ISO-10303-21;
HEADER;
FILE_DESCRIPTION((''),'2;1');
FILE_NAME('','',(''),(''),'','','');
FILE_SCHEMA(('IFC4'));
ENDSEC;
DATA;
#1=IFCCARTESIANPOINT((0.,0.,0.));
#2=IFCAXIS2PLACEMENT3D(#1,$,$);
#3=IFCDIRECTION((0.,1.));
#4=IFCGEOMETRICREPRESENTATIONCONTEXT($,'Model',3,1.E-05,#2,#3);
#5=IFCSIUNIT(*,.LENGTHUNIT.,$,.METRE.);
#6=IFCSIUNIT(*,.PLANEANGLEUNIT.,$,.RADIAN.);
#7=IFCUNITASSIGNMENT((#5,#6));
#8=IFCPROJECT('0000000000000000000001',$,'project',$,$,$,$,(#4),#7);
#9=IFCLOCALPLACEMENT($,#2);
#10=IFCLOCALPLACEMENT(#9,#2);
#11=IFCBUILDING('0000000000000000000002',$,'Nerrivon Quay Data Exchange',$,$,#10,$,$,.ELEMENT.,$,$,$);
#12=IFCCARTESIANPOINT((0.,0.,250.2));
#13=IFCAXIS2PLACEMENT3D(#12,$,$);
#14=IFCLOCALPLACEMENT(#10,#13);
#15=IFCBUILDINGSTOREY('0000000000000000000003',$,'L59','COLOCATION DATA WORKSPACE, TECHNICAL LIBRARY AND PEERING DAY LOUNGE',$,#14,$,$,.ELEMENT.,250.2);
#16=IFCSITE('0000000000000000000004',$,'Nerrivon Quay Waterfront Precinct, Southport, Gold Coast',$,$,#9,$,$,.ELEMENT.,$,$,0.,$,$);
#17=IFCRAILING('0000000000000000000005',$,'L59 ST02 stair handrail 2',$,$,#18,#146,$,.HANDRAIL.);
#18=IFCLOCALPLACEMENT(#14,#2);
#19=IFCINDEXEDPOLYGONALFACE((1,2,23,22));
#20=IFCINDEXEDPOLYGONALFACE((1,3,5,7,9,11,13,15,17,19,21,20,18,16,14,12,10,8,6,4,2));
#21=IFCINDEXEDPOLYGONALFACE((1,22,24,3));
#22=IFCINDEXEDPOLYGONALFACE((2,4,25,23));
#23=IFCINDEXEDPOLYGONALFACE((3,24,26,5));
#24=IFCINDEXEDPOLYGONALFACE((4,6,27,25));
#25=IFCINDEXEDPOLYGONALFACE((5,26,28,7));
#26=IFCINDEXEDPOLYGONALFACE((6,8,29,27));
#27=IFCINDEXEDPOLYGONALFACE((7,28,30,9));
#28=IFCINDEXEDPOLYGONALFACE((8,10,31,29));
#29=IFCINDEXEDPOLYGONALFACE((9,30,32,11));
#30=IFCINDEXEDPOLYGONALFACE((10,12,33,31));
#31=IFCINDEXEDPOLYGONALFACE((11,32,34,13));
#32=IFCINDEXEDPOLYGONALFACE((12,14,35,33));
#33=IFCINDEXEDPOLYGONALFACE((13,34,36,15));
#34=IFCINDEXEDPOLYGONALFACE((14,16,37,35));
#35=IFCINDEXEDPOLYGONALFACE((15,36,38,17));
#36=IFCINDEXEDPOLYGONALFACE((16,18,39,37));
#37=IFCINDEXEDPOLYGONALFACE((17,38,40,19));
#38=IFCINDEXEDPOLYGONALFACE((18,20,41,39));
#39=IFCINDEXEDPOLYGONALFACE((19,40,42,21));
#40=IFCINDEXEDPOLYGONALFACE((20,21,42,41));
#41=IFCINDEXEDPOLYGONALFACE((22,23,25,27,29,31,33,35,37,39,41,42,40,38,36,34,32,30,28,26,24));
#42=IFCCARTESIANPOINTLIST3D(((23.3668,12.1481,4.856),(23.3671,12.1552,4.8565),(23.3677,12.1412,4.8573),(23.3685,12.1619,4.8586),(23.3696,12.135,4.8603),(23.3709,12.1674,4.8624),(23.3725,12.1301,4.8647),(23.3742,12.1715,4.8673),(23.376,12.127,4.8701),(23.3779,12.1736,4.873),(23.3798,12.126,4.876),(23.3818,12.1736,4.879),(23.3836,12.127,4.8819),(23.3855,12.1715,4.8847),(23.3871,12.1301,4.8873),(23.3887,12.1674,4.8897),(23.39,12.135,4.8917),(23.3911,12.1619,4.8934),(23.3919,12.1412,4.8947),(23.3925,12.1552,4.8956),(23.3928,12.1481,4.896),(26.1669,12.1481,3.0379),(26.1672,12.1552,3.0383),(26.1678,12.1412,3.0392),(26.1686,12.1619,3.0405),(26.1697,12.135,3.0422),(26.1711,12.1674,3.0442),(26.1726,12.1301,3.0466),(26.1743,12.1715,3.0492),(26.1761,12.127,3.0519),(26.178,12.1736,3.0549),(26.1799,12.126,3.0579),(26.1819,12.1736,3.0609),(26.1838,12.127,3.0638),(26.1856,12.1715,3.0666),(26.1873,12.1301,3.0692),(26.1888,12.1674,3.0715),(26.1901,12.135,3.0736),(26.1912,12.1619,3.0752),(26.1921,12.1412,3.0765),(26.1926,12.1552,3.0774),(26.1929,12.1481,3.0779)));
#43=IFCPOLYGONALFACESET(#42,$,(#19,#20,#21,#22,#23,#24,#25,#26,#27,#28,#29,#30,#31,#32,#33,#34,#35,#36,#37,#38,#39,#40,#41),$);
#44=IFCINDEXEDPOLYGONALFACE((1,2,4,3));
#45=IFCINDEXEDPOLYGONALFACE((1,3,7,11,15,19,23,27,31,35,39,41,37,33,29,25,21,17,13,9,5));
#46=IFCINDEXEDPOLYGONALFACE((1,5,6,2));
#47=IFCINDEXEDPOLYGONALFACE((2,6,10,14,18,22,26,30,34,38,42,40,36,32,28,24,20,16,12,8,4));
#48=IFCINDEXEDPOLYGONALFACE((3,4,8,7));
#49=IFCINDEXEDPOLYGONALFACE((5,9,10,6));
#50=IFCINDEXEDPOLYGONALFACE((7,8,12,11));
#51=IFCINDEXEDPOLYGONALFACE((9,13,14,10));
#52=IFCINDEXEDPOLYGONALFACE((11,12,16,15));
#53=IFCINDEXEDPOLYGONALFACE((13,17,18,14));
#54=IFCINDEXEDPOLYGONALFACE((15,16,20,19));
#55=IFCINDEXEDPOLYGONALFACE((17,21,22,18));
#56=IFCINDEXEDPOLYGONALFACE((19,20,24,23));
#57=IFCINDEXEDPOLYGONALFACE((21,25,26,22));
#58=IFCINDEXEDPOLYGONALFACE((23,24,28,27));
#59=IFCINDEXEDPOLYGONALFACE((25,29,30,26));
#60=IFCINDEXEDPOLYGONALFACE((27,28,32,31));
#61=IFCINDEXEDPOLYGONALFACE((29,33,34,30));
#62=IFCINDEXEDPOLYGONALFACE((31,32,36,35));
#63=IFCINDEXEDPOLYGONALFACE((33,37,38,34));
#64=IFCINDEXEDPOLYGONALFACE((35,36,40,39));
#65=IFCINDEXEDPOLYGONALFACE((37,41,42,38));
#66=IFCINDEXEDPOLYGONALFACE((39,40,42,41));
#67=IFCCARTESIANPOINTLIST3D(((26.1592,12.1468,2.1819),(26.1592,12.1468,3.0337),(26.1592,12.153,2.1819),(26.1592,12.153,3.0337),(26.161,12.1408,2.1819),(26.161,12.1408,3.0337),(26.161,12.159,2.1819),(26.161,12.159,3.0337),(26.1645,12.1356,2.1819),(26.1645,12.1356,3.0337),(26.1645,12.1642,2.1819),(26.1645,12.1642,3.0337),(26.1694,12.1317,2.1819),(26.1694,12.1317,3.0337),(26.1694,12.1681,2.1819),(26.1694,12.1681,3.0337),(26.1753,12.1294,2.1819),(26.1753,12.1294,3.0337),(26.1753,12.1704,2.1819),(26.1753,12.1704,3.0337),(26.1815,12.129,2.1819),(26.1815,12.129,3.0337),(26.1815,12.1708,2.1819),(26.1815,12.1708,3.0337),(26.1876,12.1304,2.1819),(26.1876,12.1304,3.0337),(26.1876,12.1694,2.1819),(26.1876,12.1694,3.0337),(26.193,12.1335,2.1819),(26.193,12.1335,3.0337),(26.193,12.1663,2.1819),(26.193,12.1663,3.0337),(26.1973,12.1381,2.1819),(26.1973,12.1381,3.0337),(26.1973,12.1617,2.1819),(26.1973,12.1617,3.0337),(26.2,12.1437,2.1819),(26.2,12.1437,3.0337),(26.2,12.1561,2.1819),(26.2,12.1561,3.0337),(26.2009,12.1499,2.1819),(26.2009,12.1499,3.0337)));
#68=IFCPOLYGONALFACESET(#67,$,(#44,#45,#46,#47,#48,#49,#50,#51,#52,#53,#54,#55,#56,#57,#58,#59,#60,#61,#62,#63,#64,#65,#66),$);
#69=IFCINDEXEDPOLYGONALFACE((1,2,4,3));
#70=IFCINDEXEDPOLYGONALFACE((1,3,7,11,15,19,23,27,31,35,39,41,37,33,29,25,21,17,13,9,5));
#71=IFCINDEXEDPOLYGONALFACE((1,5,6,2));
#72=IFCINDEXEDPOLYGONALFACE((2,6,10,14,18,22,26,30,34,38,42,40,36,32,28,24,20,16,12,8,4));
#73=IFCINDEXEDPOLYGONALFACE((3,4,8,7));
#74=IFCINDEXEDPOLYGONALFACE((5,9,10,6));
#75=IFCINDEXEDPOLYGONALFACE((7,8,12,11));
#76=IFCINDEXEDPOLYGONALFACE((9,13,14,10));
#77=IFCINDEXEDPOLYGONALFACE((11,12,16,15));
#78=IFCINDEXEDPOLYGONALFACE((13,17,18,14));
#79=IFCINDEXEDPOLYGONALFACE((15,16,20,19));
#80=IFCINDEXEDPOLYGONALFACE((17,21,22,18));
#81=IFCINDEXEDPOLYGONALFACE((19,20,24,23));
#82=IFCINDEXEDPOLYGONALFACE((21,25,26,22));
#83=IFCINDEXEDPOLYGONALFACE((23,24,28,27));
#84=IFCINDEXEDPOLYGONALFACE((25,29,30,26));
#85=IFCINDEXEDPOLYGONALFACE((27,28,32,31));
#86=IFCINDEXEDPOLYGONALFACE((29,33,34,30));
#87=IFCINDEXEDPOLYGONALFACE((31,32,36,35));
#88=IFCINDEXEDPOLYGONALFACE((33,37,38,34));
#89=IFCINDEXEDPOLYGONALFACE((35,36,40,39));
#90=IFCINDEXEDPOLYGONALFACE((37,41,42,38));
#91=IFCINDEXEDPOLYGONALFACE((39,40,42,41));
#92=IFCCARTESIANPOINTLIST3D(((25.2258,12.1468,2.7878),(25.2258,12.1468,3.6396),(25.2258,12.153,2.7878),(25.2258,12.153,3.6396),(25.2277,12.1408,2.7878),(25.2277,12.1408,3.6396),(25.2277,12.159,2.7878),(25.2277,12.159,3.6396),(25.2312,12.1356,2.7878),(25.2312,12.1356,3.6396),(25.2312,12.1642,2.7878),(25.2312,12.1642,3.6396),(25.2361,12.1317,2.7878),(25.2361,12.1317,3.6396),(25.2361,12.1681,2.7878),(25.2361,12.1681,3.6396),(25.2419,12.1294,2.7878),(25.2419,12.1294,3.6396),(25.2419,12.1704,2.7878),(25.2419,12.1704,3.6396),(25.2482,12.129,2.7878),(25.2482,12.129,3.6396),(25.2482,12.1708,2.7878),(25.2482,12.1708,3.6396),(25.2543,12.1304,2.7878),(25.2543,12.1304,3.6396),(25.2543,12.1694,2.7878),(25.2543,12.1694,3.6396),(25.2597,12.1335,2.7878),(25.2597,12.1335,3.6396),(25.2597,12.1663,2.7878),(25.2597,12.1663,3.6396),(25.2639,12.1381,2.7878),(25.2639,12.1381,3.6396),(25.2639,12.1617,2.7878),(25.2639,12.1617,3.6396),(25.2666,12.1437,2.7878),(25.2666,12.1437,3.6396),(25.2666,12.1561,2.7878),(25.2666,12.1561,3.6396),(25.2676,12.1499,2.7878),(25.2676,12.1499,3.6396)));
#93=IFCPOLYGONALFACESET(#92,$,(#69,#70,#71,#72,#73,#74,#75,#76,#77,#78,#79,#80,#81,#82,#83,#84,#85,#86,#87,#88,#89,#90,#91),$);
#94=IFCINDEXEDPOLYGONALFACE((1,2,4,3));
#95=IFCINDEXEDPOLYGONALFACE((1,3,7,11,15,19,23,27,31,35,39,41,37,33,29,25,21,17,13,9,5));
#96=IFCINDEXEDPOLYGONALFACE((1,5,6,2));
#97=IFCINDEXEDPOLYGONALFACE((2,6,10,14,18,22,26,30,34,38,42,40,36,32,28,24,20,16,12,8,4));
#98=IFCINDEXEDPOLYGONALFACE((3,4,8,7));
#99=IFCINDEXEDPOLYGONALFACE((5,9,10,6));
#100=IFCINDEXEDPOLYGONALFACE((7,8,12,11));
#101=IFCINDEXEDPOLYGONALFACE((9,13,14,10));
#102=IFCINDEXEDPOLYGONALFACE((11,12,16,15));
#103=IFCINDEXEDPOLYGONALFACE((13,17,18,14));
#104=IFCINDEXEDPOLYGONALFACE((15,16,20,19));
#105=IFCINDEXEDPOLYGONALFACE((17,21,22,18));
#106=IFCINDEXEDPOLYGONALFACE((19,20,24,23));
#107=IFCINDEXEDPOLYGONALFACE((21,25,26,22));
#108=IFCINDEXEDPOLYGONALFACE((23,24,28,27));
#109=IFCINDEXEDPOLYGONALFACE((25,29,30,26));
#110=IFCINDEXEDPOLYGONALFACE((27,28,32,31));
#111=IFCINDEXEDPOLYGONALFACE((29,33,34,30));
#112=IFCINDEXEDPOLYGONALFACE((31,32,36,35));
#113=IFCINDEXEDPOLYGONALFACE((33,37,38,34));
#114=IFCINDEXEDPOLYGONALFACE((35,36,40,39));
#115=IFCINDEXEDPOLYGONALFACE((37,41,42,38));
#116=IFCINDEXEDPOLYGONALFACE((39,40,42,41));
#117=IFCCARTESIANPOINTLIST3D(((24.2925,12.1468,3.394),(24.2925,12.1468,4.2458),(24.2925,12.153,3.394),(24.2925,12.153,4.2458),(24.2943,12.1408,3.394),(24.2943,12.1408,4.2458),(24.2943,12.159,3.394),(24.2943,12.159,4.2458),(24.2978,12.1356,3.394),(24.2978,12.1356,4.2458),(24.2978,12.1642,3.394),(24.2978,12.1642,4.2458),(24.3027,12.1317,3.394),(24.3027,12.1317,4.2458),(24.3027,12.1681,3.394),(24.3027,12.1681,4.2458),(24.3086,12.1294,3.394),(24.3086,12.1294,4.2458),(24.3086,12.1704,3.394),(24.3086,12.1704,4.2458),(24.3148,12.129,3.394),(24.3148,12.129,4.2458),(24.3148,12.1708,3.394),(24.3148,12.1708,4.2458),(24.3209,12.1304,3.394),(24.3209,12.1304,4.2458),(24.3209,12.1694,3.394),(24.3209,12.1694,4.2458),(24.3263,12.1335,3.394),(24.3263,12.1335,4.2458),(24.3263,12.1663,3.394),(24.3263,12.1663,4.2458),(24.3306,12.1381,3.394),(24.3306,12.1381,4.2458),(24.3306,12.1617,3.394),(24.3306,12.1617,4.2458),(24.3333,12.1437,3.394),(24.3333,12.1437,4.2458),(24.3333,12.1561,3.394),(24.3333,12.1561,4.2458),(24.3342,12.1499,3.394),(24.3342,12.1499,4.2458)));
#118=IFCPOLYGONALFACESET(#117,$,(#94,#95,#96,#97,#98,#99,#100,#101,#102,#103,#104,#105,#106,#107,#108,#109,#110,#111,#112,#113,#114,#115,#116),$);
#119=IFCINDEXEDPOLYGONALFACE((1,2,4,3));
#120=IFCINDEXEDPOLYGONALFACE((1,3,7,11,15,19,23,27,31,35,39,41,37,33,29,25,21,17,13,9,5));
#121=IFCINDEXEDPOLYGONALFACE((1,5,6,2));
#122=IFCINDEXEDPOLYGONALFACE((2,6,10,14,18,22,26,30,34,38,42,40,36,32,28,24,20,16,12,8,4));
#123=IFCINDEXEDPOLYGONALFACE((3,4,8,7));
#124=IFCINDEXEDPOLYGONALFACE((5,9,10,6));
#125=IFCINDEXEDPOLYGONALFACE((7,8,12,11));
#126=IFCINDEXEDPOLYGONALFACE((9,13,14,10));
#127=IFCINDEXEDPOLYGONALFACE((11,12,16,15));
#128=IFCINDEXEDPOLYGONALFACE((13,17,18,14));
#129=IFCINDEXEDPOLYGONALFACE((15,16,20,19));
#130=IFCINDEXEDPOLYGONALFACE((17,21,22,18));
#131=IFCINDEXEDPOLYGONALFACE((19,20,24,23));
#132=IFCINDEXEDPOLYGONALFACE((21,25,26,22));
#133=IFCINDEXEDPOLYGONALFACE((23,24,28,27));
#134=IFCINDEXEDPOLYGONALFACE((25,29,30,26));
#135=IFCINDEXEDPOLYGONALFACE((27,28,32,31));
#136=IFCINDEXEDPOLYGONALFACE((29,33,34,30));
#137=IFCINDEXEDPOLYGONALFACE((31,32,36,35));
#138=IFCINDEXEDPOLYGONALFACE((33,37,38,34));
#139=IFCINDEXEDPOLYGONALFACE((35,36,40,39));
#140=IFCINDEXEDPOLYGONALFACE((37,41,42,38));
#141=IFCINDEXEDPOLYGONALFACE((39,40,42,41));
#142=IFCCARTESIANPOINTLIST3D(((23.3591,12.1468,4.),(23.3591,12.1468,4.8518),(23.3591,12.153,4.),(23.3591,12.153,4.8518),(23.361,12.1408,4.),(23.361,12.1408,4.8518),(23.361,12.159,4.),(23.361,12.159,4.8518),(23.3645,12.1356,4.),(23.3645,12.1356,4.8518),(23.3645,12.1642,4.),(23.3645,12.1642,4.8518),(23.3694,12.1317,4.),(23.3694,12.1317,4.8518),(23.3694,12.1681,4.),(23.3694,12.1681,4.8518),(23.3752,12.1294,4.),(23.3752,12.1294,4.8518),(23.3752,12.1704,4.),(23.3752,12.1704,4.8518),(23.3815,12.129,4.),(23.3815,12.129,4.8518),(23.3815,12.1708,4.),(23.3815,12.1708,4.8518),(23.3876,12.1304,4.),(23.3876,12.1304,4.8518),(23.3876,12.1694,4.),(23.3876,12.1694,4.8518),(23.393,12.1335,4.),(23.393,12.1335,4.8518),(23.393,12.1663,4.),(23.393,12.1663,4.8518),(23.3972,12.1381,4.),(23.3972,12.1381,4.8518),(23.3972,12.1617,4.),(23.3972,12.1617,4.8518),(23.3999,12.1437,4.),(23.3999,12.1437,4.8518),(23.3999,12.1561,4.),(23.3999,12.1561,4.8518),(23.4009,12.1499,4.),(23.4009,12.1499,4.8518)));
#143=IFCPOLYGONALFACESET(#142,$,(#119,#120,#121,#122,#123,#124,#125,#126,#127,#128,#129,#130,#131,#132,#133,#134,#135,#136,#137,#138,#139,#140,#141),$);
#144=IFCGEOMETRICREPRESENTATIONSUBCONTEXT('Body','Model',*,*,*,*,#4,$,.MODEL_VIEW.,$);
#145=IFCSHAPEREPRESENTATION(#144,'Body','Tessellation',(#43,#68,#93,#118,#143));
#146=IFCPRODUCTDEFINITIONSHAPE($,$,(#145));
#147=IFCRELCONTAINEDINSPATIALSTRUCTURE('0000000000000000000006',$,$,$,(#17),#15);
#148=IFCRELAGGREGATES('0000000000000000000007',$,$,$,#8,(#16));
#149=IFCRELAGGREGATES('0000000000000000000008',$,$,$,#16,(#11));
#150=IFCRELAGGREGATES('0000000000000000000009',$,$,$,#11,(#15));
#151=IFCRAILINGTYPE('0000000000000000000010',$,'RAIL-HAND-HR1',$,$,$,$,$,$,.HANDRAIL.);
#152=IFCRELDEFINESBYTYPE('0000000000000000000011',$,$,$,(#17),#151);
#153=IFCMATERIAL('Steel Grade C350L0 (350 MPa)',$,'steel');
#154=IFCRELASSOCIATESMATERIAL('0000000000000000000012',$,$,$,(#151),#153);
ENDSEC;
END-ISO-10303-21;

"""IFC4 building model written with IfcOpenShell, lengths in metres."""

from ifc_helpers import new_model, si_unit, direction, frame, origin, origin_2d, place, context, subcontext, project, spatial, circle, extrude, material, type_object, element, save


model = new_model("IFC4")

# Units and contexts
model_context = context("Model", 3, precision=1e-05, world=origin(), true_north=direction((0.0, 1.0)))
body_context = subcontext(model_context, "Body", "Model", "MODEL_VIEW")
ifc_project = project(units=[si_unit("LENGTHUNIT", "METRE"), si_unit("PLANEANGLEUNIT", "RADIAN")], contexts=[model_context])

# Site, building, storey
site_placement = place(None, origin())
site = spatial("IfcSite", under=ifc_project, at=site_placement, Name="Nerrivon Quay Waterfront Precinct, Southport, Gold Coast", CompositionType="ELEMENT", RefElevation=0.0)
building_placement = place(site_placement, origin())
building = spatial("IfcBuilding", under=site, at=building_placement, Name="Nerrivon Quay Data Exchange", CompositionType="ELEMENT")
storey_placement = place(building_placement, frame((0.0, 0.0, 250.2)))
storey = spatial("IfcBuildingStorey", under=building, at=storey_placement, Name="L59", Description="COLOCATION DATA WORKSPACE, TECHNICAL LIBRARY AND PEERING DAY LOUNGE", CompositionType="ELEMENT", Elevation=250.2)

# Railing
ifc_material_1 = material(Name="Steel Grade C350L0 (350 MPa)", Category="steel")
railing_type_1 = type_object("IfcRailingType", Name="RAIL-HAND-HR1", PredefinedType="HANDRAIL", material=ifc_material_1)
railing_1_placement = place(storey_placement, frame((26.1799, 12.1499, 2.1819)))
element("IfcRailing", 1, at=railing_1_placement, inside=storey, type_object=railing_type_1, Name="L59 ST02 stair handrail 2", PredefinedType="HANDRAIL", context=body_context, shape_type="SweptSolid", body=[
    extrude(circle(Radius=0.0239, at=origin_2d()), frame((0.0, 0.0, 0.876), z_axis=(-0.838706, 0.0, 0.544585), x_axis=(0.0, -1.0, 0.0)), (0.0, 0.0, 1.0), 3.3386),
    extrude(circle(Radius=0.021, at=origin_2d()), origin(), (0.0, 0.0, 1.0), 0.8518),
    extrude(circle(Radius=0.021, at=origin_2d()), frame((-0.9333, 0.0, 0.606)), (0.0, 0.0, 1.0), 0.8518),
    extrude(circle(Radius=0.021, at=origin_2d()), frame((-1.8667, 0.0, 1.2122)), (0.0, 0.0, 1.0), 0.8518),
    extrude(circle(Radius=0.021, at=origin_2d()), frame((-2.8, 0.0, 1.8181)), (0.0, 0.0, 1.0), 0.8518),
])

save(model, "model.ifc")
